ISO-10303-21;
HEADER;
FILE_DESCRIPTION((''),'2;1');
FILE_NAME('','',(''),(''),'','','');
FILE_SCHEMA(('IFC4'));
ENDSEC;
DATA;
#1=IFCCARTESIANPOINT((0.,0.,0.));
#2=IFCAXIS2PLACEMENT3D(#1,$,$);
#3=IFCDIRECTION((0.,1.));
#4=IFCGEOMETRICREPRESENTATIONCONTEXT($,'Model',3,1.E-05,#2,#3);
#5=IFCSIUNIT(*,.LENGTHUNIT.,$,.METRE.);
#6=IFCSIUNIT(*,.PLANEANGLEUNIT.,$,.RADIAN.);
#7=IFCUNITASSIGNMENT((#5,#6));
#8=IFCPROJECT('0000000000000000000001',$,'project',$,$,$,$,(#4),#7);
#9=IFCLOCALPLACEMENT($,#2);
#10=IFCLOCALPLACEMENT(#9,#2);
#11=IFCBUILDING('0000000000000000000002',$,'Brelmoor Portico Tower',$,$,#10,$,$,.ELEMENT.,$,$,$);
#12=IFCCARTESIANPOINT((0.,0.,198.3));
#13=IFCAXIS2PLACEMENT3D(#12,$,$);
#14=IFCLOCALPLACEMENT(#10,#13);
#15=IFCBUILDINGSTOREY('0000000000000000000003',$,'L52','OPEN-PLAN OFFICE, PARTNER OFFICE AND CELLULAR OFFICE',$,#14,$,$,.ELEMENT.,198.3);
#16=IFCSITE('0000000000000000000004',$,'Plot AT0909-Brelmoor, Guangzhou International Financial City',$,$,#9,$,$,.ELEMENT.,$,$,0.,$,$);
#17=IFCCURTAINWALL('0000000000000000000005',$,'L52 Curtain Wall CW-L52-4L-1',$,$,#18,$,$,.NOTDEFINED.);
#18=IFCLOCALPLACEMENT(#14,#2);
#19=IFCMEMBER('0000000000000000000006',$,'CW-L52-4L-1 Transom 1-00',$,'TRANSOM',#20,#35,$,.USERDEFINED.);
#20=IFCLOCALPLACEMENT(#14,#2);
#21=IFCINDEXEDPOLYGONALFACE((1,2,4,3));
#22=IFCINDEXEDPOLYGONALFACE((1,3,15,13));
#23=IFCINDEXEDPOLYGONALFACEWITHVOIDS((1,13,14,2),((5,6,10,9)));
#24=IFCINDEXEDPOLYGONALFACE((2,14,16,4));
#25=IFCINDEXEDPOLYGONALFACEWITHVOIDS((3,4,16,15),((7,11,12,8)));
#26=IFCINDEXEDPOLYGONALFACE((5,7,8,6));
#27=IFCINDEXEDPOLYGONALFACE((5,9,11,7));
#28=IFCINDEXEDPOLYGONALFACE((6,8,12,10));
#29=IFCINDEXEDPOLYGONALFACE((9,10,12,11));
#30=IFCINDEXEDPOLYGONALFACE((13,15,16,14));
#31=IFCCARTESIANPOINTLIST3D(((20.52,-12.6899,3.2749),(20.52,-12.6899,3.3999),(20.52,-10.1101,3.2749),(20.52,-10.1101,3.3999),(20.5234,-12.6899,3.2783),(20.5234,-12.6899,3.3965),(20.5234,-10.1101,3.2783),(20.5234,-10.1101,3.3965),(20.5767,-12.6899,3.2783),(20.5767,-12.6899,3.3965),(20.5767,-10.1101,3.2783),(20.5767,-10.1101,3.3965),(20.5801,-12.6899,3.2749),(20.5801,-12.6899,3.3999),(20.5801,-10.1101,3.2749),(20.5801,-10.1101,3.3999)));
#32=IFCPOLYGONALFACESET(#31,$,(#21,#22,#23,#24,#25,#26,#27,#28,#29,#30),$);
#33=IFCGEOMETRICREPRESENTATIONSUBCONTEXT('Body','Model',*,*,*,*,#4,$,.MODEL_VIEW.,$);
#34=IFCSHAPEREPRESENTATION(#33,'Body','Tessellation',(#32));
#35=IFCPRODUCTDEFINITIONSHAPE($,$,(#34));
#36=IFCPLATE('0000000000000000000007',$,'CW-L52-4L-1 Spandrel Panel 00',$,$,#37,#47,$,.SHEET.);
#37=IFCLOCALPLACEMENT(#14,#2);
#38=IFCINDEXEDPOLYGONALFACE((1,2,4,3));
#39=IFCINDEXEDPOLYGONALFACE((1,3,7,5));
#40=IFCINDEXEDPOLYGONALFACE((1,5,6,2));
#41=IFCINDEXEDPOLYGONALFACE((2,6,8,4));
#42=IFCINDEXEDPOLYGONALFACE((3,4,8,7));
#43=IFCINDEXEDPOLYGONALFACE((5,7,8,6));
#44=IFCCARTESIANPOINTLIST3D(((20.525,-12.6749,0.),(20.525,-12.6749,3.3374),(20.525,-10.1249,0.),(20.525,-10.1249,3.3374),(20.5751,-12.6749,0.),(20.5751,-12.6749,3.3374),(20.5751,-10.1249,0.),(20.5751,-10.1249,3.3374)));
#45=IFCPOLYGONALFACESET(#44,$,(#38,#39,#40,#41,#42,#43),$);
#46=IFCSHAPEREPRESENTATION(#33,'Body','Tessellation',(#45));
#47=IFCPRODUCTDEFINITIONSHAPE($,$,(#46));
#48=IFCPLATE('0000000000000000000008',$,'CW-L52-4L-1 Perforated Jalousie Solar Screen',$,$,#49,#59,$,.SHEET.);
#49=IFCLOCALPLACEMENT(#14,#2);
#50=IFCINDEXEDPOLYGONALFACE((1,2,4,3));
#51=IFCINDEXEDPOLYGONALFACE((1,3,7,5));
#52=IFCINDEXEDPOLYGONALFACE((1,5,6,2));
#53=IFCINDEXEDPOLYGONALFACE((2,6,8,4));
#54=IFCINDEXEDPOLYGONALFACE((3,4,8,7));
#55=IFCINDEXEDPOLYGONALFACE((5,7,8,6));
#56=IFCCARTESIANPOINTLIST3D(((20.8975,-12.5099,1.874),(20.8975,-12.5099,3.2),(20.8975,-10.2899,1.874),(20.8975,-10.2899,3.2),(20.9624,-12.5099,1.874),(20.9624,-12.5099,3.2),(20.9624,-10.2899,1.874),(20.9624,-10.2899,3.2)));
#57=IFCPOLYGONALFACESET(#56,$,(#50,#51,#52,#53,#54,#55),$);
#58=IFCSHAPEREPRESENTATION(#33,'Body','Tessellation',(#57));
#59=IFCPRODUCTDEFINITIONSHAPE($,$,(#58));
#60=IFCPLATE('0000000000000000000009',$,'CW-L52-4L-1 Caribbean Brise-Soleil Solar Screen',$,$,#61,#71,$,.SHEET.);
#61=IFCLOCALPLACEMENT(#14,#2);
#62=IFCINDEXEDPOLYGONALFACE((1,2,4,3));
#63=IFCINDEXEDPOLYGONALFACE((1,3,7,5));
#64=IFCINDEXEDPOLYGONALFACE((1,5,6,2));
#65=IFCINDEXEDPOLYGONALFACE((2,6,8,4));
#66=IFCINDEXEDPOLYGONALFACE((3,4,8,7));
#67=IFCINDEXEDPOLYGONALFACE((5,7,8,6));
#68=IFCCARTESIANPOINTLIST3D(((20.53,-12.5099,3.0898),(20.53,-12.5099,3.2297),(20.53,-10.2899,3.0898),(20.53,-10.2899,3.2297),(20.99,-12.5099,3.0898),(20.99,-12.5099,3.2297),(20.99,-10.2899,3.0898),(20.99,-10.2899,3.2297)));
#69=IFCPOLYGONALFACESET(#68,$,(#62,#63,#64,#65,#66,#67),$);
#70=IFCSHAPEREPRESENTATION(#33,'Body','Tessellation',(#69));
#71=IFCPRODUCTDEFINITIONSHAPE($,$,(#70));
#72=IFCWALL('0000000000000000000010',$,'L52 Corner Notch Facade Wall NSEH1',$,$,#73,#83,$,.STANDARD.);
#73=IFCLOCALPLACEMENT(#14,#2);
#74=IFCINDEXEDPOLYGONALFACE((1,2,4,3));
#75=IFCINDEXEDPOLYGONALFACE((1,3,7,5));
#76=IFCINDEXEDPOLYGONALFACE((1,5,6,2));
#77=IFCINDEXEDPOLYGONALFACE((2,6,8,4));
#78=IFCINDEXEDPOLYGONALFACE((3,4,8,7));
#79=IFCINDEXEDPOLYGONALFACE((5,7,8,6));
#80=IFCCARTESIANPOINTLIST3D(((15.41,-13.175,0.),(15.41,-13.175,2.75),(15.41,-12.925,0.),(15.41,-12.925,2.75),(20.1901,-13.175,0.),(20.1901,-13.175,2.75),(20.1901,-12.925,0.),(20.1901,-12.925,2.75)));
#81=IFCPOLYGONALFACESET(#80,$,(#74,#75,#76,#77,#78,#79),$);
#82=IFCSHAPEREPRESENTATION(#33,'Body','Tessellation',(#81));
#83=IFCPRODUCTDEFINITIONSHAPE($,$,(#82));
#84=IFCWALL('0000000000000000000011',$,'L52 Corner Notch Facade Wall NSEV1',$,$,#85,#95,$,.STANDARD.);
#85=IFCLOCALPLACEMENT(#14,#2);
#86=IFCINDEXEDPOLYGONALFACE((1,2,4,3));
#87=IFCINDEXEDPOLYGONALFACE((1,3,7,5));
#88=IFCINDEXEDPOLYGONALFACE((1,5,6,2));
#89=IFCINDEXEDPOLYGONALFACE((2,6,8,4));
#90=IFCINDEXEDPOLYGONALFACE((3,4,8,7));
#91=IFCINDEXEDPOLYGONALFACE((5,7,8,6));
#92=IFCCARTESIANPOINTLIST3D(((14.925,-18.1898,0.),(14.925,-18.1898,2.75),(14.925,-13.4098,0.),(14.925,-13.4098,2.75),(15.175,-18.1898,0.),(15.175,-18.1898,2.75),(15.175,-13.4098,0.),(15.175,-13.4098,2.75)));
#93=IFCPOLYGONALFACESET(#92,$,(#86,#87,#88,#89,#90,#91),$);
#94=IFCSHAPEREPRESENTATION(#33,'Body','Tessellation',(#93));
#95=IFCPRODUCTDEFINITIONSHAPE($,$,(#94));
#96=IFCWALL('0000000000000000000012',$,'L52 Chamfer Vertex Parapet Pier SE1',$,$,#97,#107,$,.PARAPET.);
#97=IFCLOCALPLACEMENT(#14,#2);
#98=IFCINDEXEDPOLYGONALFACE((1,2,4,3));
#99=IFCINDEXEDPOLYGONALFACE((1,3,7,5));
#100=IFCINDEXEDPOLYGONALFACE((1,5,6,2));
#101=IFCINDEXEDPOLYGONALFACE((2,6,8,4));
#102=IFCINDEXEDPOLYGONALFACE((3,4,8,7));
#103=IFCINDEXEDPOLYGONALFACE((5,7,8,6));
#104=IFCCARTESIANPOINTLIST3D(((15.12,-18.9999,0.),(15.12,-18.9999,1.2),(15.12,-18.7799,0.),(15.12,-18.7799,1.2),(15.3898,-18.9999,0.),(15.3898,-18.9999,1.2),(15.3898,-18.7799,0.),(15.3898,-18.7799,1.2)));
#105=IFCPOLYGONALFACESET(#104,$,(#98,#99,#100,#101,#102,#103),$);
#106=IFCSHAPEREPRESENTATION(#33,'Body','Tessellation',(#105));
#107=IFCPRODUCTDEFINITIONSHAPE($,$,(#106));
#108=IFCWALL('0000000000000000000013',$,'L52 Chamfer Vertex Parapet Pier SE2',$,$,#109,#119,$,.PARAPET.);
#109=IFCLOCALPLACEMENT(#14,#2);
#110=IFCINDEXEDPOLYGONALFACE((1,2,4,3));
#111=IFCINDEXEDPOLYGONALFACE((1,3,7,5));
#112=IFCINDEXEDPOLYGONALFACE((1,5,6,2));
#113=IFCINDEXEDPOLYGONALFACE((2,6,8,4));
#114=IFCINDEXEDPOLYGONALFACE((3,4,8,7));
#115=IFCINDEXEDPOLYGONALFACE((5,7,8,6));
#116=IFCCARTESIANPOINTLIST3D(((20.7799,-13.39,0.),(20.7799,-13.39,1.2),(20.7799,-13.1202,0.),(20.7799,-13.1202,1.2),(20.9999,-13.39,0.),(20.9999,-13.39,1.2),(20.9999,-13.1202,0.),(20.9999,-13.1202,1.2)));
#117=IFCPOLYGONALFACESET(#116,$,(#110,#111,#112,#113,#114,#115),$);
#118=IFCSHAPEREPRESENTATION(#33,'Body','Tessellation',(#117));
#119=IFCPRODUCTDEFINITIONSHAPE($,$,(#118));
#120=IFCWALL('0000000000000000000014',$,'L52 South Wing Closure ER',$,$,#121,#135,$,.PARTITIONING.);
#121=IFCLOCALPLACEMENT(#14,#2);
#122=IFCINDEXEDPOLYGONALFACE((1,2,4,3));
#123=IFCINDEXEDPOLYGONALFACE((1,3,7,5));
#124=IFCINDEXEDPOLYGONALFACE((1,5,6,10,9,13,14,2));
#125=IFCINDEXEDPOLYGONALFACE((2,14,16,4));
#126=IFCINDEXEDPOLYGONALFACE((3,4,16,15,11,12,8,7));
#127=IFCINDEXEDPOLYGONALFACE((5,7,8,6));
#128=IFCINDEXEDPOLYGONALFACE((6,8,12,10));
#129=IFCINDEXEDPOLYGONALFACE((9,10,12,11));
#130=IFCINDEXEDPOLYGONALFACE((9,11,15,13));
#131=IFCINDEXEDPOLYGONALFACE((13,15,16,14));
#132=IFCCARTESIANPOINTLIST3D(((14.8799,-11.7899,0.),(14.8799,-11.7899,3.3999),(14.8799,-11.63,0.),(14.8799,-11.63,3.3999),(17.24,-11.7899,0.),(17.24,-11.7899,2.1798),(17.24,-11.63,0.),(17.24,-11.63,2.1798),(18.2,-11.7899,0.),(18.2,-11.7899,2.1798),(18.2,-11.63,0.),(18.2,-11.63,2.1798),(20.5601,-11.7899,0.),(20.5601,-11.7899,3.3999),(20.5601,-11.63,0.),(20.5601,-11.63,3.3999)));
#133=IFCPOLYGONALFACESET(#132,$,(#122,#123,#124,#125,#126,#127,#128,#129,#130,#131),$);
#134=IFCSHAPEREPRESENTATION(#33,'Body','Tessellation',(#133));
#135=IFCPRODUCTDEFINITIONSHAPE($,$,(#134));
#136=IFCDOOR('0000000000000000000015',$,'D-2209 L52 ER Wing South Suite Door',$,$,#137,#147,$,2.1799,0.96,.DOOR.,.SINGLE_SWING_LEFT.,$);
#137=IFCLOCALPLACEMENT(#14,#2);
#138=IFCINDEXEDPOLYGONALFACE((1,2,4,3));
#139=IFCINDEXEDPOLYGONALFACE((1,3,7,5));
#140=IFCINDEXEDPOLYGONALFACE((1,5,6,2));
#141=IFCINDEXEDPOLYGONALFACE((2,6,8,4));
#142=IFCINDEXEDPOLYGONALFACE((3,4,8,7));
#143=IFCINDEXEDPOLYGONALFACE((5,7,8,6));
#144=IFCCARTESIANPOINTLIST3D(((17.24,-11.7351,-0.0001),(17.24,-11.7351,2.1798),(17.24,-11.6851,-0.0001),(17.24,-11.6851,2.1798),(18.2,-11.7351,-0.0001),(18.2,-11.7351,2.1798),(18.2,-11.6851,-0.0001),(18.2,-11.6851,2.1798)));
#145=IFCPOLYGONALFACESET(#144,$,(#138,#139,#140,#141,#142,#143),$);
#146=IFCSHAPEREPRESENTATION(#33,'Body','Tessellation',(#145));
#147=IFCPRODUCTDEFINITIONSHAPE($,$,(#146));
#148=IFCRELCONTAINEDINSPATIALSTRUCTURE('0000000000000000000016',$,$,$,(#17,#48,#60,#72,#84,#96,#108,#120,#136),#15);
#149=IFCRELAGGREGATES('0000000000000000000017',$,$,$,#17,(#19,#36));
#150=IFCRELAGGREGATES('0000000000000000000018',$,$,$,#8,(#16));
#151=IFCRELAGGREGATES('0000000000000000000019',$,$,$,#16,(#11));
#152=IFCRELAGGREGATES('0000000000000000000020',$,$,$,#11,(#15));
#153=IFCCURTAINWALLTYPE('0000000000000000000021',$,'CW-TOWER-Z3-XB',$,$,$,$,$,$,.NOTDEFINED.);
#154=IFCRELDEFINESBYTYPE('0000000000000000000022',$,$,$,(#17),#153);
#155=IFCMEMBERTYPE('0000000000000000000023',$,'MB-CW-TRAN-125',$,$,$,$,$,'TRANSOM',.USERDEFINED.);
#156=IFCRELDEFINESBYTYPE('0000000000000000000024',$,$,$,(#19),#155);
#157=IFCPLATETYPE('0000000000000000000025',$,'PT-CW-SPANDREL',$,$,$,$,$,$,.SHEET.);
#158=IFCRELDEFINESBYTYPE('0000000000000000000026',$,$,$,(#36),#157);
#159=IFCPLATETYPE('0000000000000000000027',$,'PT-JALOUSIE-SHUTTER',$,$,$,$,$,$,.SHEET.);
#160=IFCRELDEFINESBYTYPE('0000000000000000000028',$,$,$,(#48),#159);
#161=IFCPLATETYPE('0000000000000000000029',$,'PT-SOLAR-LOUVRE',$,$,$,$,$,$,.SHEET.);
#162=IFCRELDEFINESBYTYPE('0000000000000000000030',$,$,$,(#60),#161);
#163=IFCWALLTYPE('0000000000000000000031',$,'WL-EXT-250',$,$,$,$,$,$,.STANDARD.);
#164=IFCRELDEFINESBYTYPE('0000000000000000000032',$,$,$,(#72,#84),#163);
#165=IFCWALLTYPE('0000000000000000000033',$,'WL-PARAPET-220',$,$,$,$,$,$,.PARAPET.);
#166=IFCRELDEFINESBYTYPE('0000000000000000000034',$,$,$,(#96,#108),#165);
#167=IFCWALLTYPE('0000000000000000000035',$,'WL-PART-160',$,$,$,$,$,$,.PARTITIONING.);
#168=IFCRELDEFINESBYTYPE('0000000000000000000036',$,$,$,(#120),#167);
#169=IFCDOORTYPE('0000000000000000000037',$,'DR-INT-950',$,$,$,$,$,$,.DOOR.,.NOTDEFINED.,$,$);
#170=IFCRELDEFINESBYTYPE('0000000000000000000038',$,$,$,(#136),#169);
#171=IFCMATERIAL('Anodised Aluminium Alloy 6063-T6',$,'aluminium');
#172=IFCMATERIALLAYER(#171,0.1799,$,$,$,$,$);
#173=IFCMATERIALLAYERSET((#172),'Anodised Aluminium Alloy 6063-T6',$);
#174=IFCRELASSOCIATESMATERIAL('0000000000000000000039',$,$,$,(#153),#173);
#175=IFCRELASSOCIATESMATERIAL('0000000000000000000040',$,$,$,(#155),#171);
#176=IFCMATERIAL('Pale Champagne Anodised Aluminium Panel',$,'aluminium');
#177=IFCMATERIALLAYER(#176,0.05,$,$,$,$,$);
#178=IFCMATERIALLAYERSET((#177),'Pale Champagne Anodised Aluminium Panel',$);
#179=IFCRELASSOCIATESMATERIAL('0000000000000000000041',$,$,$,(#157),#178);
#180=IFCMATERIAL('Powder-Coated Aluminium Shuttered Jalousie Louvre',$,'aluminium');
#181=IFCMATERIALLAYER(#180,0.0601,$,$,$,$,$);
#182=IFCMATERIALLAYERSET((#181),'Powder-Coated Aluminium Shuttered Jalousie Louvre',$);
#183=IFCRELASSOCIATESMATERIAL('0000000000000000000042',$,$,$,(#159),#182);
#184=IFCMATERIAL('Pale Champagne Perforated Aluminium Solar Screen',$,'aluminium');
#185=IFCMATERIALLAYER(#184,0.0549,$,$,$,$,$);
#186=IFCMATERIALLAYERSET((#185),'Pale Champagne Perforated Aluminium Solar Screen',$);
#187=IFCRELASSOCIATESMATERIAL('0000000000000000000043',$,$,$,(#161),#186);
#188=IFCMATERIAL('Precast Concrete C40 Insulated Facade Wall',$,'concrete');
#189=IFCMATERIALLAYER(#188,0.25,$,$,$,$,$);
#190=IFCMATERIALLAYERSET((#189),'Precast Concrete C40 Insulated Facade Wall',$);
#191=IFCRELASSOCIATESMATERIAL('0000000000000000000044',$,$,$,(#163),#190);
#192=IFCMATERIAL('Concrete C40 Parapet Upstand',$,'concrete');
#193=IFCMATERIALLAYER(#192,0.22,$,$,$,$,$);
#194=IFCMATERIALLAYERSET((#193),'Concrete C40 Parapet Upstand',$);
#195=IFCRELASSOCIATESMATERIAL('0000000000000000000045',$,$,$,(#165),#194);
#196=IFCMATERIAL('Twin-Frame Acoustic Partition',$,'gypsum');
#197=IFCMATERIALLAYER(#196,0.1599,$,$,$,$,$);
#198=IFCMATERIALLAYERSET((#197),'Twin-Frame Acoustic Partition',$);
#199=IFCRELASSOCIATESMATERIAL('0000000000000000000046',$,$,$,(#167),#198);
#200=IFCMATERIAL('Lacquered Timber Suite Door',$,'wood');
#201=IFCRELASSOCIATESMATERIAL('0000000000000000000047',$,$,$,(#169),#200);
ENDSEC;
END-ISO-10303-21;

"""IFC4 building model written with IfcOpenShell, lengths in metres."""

from ifc_helpers import new_model, si_unit, direction, frame, frame_2d, origin, origin_2d, place, context, subcontext, project, spatial, rectangle, hollow_rectangle, extrude, material, layer, layer_set, material_profile, profile_set, type_object, element, fill, aggregate, save


model = new_model("IFC4")

# Units and contexts
model_context = context("Model", 3, precision=1e-05, world=origin(), true_north=direction((0.0, 1.0)))
body_context = subcontext(model_context, "Body", "Model", "MODEL_VIEW")
ifc_project = project(units=[si_unit("LENGTHUNIT", "METRE"), si_unit("PLANEANGLEUNIT", "RADIAN")], contexts=[model_context])

# Site, building, storey
site_placement = place(None, origin())
site = spatial("IfcSite", under=ifc_project, at=site_placement, Name="Plot AT0909-Brelmoor, Guangzhou International Financial City", CompositionType="ELEMENT", RefElevation=0.0)
building_placement = place(site_placement, origin())
building = spatial("IfcBuilding", under=site, at=building_placement, Name="Brelmoor Portico Tower", CompositionType="ELEMENT")
storey_placement = place(building_placement, frame((0.0, 0.0, 198.3)))
storey = spatial("IfcBuildingStorey", under=building, at=storey_placement, Name="L52", Description="OPEN-PLAN OFFICE, PARTNER OFFICE AND CELLULAR OFFICE", CompositionType="ELEMENT", Elevation=198.3)

# Shared definitions
ifc_material_1 = material(Name="Anodised Aluminium Alloy 6063-T6", Category="aluminium")
ifc_layer_1 = layer(ifc_material_1, 0.1799)
ifc_layer_set_1 = layer_set([ifc_layer_1], Name="Anodised Aluminium Alloy 6063-T6")
curtain_wall_type = type_object("IfcCurtainWallType", Name="CW-TOWER-Z3-XB", PredefinedType="NOTDEFINED", material=ifc_layer_set_1)

# Curtain wall, member, plate
curtain_wall_1_placement = place(storey_placement, origin())
curtain_wall_1 = element("IfcCurtainWall", 1, at=curtain_wall_1_placement, inside=storey, type_object=curtain_wall_type, Name="L52 Curtain Wall CW-L52-4L-1", PredefinedType="NOTDEFINED")
ifc_material_profile_1 = material_profile(ifc_material_1, hollow_rectangle(XDim=0.0601, YDim=0.125, WallThickness=0.0034, at=origin_2d()), Name="ALU TRANSOM 60x125")
ifc_profile_set_1 = profile_set([ifc_material_profile_1], Name="Anodised Aluminium Alloy 6063-T6")
member_type_1 = type_object("IfcMemberType", Name="MB-CW-TRAN-125", ElementType="TRANSOM", PredefinedType="USERDEFINED", material=ifc_profile_set_1)
member_1_placement = place(storey_placement, frame((20.55, -12.6899, 3.3374), z_axis=(0.0, 1.0, 0.0), x_axis=(-1.0, 0.0, 0.0)))
member_1 = element("IfcMember", 2, at=member_1_placement, type_object=member_type_1, Name="CW-L52-4L-1 Transom 1-00", ObjectType="TRANSOM", PredefinedType="USERDEFINED", context=body_context, shape_type="SweptSolid", body=[
    extrude(hollow_rectangle(XDim=0.0601, YDim=0.125, WallThickness=0.0034, at=origin_2d()), origin(), (0.0, 0.0, 1.0), 2.5798),
])
ifc_material_2 = material(Name="Pale Champagne Anodised Aluminium Panel", Category="aluminium")
ifc_layer_2 = layer(ifc_material_2, 0.05)
ifc_layer_set_2 = layer_set([ifc_layer_2], Name="Pale Champagne Anodised Aluminium Panel")
plate_type_1 = type_object("IfcPlateType", Name="PT-CW-SPANDREL", PredefinedType="SHEET", material=ifc_layer_set_2)
plate_1_placement = place(storey_placement, frame((20.55, -11.3999, 0.0), z_axis=(0.0, 0.0, 1.0), x_axis=(0.0, 1.0, 0.0)))
plate_1 = element("IfcPlate", 3, at=plate_1_placement, type_object=plate_type_1, Name="CW-L52-4L-1 Spandrel Panel 00", PredefinedType="SHEET", context=body_context, shape_type="SweptSolid", body=[
    extrude(rectangle(XDim=2.55, YDim=0.05, at=origin_2d()), origin(), (0.0, 0.0, 1.0), 3.3374),
])
aggregate(curtain_wall_1, [member_1, plate_1])

# Plates
ifc_material_3 = material(Name="Powder-Coated Aluminium Shuttered Jalousie Louvre", Category="aluminium")
ifc_layer_3 = layer(ifc_material_3, 0.0601)
ifc_layer_set_3 = layer_set([ifc_layer_3], Name="Powder-Coated Aluminium Shuttered Jalousie Louvre")
plate_type_2 = type_object("IfcPlateType", Name="PT-JALOUSIE-SHUTTER", PredefinedType="SHEET", material=ifc_layer_set_3)
plate_2_placement = place(storey_placement, frame((20.9299, -11.3999, 1.874), z_axis=(0.0, 0.0, 1.0), x_axis=(0.0, 1.0, 0.0)))
element("IfcPlate", 4, at=plate_2_placement, inside=storey, type_object=plate_type_2, Name="CW-L52-4L-1 Perforated Jalousie Solar Screen", PredefinedType="SHEET", context=body_context, shape_type="SweptSolid", body=[
    extrude(rectangle(XDim=2.22, YDim=0.0649, at=origin_2d()), origin(), (0.0, 0.0, 1.0), 1.3259),
])
ifc_material_4 = material(Name="Pale Champagne Perforated Aluminium Solar Screen", Category="aluminium")
ifc_layer_4 = layer(ifc_material_4, 0.0549)
ifc_layer_set_4 = layer_set([ifc_layer_4], Name="Pale Champagne Perforated Aluminium Solar Screen")
plate_type_3 = type_object("IfcPlateType", Name="PT-SOLAR-LOUVRE", PredefinedType="SHEET", material=ifc_layer_set_4)
plate_3_placement = place(storey_placement, frame((20.76, -11.3999, 3.0898), z_axis=(0.0, 0.0, 1.0), x_axis=(0.0, 1.0, 0.0)))
element("IfcPlate", 5, at=plate_3_placement, inside=storey, type_object=plate_type_3, Name="CW-L52-4L-1 Caribbean Brise-Soleil Solar Screen", PredefinedType="SHEET", context=body_context, shape_type="SweptSolid", body=[
    extrude(rectangle(XDim=2.22, YDim=0.46, at=origin_2d()), origin(), (0.0, 0.0, 1.0), 0.1399),
])

# Walls
ifc_material_5 = material(Name="Precast Concrete C40 Insulated Facade Wall", Category="concrete")
ifc_layer_5 = layer(ifc_material_5, 0.25)
ifc_layer_set_5 = layer_set([ifc_layer_5], Name="Precast Concrete C40 Insulated Facade Wall")
wall_type_1 = type_object("IfcWallType", Name="WL-EXT-250", PredefinedType="STANDARD", material=ifc_layer_set_5)
for number, where, z_axis, x_axis, name in (
    (6, (15.4099, -13.05, 0.0), (0.0, 0.0, 1.0), (1.0, 0.0, 0.0), "L52 Corner Notch Facade Wall NSEH1"),
    (7, (15.05, -18.1899, 0.0), (0.0, 0.0, 1.0), (0.0, 1.0, 0.0), "L52 Corner Notch Facade Wall NSEV1"),
):
    element("IfcWall", number, at=place(storey_placement, frame(where, z_axis=z_axis, x_axis=x_axis)), inside=storey, type_object=wall_type_1, Name=name, PredefinedType="STANDARD", context=body_context, shape_type="SweptSolid", body=[
        extrude(rectangle(XDim=4.78, YDim=0.25, at=frame_2d((2.3901, 0.0))), origin(), (0.0, 0.0, 1.0), 2.75),
    ])
ifc_material_6 = material(Name="Concrete C40 Parapet Upstand", Category="concrete")
ifc_layer_6 = layer(ifc_material_6, 0.22)
ifc_layer_set_6 = layer_set([ifc_layer_6], Name="Concrete C40 Parapet Upstand")
wall_type_2 = type_object("IfcWallType", Name="WL-PARAPET-220", PredefinedType="PARAPET", material=ifc_layer_set_6)
for number, where, z_axis, x_axis, name in (
    (8, (15.1201, -18.8899, 0.0), (0.0, 0.0, 1.0), (1.0, 0.0, 0.0), "L52 Chamfer Vertex Parapet Pier SE1"),
    (9, (20.8899, -13.3899, 0.0), (0.0, 0.0, 1.0), (0.0, 1.0, 0.0), "L52 Chamfer Vertex Parapet Pier SE2"),
):
    element("IfcWall", number, at=place(storey_placement, frame(where, z_axis=z_axis, x_axis=x_axis)), inside=storey, type_object=wall_type_2, Name=name, PredefinedType="PARAPET", context=body_context, shape_type="SweptSolid", body=[
        extrude(rectangle(XDim=0.2698, YDim=0.22, at=frame_2d((0.1348, 0.0))), origin(), (0.0, 0.0, 1.0), 1.2),
    ])

# Wall, opening, door
ifc_material_7 = material(Name="Twin-Frame Acoustic Partition", Category="gypsum")
ifc_layer_7 = layer(ifc_material_7, 0.1599)
ifc_layer_set_7 = layer_set([ifc_layer_7], Name="Twin-Frame Acoustic Partition")
wall_type_3 = type_object("IfcWallType", Name="WL-PART-160", PredefinedType="PARTITIONING", material=ifc_layer_set_7)
wall_placement = place(storey_placement, frame((14.8799, -11.71, 0.0), z_axis=(0.0, 0.0, 1.0), x_axis=(1.0, 0.0, 0.0)))
wall = element("IfcWall", 10, at=wall_placement, inside=storey, type_object=wall_type_3, Name="L52 South Wing Closure ER", PredefinedType="PARTITIONING", context=body_context, shape_type="SweptSolid", body=[
    extrude(rectangle(XDim=5.6802, YDim=0.1599, at=frame_2d((2.8401, 0.0))), origin(), (0.0, 0.0, 1.0), 3.3999),
])
opening_placement = place(wall_placement, frame((2.3601, 0.0, 0.0)))
opening = element("IfcOpeningElement", 11, at=opening_placement, cuts=wall, PredefinedType="OPENING", context=body_context, shape_type="SweptSolid", body=[
    extrude(rectangle(XDim=0.96, YDim=2.1799, at=frame_2d((0.48, 1.0898))), frame((0.0, 0.0898, 0.0), z_axis=(0.0, -1.0, 0.0), x_axis=(1.0, 0.0, 0.0)), (0.0, 0.0, 1.0), 0.1799),
])
ifc_material_8 = material(Name="Lacquered Timber Suite Door", Category="wood")
door_type = type_object("IfcDoorType", Name="DR-INT-950", OperationType="NOTDEFINED", PredefinedType="DOOR", material=ifc_material_8)
door_placement = place(opening_placement, origin())
door = element("IfcDoor", 12, at=door_placement, inside=storey, type_object=door_type, Name="D-2209 L52 ER Wing South Suite Door", OperationType="SINGLE_SWING_LEFT", OverallHeight=2.1799, OverallWidth=0.96, PredefinedType="DOOR", context=body_context, shape_type="SweptSolid", body=[
    extrude(rectangle(XDim=0.96, YDim=2.1799, at=frame_2d((0.48, 1.0898))), frame((0.0, 0.0249, 0.0), z_axis=(0.0, -1.0, 0.0), x_axis=(1.0, 0.0, 0.0)), (0.0, 0.0, 1.0), 0.05),
])
fill(opening, door)

save(model, "model.ifc")
